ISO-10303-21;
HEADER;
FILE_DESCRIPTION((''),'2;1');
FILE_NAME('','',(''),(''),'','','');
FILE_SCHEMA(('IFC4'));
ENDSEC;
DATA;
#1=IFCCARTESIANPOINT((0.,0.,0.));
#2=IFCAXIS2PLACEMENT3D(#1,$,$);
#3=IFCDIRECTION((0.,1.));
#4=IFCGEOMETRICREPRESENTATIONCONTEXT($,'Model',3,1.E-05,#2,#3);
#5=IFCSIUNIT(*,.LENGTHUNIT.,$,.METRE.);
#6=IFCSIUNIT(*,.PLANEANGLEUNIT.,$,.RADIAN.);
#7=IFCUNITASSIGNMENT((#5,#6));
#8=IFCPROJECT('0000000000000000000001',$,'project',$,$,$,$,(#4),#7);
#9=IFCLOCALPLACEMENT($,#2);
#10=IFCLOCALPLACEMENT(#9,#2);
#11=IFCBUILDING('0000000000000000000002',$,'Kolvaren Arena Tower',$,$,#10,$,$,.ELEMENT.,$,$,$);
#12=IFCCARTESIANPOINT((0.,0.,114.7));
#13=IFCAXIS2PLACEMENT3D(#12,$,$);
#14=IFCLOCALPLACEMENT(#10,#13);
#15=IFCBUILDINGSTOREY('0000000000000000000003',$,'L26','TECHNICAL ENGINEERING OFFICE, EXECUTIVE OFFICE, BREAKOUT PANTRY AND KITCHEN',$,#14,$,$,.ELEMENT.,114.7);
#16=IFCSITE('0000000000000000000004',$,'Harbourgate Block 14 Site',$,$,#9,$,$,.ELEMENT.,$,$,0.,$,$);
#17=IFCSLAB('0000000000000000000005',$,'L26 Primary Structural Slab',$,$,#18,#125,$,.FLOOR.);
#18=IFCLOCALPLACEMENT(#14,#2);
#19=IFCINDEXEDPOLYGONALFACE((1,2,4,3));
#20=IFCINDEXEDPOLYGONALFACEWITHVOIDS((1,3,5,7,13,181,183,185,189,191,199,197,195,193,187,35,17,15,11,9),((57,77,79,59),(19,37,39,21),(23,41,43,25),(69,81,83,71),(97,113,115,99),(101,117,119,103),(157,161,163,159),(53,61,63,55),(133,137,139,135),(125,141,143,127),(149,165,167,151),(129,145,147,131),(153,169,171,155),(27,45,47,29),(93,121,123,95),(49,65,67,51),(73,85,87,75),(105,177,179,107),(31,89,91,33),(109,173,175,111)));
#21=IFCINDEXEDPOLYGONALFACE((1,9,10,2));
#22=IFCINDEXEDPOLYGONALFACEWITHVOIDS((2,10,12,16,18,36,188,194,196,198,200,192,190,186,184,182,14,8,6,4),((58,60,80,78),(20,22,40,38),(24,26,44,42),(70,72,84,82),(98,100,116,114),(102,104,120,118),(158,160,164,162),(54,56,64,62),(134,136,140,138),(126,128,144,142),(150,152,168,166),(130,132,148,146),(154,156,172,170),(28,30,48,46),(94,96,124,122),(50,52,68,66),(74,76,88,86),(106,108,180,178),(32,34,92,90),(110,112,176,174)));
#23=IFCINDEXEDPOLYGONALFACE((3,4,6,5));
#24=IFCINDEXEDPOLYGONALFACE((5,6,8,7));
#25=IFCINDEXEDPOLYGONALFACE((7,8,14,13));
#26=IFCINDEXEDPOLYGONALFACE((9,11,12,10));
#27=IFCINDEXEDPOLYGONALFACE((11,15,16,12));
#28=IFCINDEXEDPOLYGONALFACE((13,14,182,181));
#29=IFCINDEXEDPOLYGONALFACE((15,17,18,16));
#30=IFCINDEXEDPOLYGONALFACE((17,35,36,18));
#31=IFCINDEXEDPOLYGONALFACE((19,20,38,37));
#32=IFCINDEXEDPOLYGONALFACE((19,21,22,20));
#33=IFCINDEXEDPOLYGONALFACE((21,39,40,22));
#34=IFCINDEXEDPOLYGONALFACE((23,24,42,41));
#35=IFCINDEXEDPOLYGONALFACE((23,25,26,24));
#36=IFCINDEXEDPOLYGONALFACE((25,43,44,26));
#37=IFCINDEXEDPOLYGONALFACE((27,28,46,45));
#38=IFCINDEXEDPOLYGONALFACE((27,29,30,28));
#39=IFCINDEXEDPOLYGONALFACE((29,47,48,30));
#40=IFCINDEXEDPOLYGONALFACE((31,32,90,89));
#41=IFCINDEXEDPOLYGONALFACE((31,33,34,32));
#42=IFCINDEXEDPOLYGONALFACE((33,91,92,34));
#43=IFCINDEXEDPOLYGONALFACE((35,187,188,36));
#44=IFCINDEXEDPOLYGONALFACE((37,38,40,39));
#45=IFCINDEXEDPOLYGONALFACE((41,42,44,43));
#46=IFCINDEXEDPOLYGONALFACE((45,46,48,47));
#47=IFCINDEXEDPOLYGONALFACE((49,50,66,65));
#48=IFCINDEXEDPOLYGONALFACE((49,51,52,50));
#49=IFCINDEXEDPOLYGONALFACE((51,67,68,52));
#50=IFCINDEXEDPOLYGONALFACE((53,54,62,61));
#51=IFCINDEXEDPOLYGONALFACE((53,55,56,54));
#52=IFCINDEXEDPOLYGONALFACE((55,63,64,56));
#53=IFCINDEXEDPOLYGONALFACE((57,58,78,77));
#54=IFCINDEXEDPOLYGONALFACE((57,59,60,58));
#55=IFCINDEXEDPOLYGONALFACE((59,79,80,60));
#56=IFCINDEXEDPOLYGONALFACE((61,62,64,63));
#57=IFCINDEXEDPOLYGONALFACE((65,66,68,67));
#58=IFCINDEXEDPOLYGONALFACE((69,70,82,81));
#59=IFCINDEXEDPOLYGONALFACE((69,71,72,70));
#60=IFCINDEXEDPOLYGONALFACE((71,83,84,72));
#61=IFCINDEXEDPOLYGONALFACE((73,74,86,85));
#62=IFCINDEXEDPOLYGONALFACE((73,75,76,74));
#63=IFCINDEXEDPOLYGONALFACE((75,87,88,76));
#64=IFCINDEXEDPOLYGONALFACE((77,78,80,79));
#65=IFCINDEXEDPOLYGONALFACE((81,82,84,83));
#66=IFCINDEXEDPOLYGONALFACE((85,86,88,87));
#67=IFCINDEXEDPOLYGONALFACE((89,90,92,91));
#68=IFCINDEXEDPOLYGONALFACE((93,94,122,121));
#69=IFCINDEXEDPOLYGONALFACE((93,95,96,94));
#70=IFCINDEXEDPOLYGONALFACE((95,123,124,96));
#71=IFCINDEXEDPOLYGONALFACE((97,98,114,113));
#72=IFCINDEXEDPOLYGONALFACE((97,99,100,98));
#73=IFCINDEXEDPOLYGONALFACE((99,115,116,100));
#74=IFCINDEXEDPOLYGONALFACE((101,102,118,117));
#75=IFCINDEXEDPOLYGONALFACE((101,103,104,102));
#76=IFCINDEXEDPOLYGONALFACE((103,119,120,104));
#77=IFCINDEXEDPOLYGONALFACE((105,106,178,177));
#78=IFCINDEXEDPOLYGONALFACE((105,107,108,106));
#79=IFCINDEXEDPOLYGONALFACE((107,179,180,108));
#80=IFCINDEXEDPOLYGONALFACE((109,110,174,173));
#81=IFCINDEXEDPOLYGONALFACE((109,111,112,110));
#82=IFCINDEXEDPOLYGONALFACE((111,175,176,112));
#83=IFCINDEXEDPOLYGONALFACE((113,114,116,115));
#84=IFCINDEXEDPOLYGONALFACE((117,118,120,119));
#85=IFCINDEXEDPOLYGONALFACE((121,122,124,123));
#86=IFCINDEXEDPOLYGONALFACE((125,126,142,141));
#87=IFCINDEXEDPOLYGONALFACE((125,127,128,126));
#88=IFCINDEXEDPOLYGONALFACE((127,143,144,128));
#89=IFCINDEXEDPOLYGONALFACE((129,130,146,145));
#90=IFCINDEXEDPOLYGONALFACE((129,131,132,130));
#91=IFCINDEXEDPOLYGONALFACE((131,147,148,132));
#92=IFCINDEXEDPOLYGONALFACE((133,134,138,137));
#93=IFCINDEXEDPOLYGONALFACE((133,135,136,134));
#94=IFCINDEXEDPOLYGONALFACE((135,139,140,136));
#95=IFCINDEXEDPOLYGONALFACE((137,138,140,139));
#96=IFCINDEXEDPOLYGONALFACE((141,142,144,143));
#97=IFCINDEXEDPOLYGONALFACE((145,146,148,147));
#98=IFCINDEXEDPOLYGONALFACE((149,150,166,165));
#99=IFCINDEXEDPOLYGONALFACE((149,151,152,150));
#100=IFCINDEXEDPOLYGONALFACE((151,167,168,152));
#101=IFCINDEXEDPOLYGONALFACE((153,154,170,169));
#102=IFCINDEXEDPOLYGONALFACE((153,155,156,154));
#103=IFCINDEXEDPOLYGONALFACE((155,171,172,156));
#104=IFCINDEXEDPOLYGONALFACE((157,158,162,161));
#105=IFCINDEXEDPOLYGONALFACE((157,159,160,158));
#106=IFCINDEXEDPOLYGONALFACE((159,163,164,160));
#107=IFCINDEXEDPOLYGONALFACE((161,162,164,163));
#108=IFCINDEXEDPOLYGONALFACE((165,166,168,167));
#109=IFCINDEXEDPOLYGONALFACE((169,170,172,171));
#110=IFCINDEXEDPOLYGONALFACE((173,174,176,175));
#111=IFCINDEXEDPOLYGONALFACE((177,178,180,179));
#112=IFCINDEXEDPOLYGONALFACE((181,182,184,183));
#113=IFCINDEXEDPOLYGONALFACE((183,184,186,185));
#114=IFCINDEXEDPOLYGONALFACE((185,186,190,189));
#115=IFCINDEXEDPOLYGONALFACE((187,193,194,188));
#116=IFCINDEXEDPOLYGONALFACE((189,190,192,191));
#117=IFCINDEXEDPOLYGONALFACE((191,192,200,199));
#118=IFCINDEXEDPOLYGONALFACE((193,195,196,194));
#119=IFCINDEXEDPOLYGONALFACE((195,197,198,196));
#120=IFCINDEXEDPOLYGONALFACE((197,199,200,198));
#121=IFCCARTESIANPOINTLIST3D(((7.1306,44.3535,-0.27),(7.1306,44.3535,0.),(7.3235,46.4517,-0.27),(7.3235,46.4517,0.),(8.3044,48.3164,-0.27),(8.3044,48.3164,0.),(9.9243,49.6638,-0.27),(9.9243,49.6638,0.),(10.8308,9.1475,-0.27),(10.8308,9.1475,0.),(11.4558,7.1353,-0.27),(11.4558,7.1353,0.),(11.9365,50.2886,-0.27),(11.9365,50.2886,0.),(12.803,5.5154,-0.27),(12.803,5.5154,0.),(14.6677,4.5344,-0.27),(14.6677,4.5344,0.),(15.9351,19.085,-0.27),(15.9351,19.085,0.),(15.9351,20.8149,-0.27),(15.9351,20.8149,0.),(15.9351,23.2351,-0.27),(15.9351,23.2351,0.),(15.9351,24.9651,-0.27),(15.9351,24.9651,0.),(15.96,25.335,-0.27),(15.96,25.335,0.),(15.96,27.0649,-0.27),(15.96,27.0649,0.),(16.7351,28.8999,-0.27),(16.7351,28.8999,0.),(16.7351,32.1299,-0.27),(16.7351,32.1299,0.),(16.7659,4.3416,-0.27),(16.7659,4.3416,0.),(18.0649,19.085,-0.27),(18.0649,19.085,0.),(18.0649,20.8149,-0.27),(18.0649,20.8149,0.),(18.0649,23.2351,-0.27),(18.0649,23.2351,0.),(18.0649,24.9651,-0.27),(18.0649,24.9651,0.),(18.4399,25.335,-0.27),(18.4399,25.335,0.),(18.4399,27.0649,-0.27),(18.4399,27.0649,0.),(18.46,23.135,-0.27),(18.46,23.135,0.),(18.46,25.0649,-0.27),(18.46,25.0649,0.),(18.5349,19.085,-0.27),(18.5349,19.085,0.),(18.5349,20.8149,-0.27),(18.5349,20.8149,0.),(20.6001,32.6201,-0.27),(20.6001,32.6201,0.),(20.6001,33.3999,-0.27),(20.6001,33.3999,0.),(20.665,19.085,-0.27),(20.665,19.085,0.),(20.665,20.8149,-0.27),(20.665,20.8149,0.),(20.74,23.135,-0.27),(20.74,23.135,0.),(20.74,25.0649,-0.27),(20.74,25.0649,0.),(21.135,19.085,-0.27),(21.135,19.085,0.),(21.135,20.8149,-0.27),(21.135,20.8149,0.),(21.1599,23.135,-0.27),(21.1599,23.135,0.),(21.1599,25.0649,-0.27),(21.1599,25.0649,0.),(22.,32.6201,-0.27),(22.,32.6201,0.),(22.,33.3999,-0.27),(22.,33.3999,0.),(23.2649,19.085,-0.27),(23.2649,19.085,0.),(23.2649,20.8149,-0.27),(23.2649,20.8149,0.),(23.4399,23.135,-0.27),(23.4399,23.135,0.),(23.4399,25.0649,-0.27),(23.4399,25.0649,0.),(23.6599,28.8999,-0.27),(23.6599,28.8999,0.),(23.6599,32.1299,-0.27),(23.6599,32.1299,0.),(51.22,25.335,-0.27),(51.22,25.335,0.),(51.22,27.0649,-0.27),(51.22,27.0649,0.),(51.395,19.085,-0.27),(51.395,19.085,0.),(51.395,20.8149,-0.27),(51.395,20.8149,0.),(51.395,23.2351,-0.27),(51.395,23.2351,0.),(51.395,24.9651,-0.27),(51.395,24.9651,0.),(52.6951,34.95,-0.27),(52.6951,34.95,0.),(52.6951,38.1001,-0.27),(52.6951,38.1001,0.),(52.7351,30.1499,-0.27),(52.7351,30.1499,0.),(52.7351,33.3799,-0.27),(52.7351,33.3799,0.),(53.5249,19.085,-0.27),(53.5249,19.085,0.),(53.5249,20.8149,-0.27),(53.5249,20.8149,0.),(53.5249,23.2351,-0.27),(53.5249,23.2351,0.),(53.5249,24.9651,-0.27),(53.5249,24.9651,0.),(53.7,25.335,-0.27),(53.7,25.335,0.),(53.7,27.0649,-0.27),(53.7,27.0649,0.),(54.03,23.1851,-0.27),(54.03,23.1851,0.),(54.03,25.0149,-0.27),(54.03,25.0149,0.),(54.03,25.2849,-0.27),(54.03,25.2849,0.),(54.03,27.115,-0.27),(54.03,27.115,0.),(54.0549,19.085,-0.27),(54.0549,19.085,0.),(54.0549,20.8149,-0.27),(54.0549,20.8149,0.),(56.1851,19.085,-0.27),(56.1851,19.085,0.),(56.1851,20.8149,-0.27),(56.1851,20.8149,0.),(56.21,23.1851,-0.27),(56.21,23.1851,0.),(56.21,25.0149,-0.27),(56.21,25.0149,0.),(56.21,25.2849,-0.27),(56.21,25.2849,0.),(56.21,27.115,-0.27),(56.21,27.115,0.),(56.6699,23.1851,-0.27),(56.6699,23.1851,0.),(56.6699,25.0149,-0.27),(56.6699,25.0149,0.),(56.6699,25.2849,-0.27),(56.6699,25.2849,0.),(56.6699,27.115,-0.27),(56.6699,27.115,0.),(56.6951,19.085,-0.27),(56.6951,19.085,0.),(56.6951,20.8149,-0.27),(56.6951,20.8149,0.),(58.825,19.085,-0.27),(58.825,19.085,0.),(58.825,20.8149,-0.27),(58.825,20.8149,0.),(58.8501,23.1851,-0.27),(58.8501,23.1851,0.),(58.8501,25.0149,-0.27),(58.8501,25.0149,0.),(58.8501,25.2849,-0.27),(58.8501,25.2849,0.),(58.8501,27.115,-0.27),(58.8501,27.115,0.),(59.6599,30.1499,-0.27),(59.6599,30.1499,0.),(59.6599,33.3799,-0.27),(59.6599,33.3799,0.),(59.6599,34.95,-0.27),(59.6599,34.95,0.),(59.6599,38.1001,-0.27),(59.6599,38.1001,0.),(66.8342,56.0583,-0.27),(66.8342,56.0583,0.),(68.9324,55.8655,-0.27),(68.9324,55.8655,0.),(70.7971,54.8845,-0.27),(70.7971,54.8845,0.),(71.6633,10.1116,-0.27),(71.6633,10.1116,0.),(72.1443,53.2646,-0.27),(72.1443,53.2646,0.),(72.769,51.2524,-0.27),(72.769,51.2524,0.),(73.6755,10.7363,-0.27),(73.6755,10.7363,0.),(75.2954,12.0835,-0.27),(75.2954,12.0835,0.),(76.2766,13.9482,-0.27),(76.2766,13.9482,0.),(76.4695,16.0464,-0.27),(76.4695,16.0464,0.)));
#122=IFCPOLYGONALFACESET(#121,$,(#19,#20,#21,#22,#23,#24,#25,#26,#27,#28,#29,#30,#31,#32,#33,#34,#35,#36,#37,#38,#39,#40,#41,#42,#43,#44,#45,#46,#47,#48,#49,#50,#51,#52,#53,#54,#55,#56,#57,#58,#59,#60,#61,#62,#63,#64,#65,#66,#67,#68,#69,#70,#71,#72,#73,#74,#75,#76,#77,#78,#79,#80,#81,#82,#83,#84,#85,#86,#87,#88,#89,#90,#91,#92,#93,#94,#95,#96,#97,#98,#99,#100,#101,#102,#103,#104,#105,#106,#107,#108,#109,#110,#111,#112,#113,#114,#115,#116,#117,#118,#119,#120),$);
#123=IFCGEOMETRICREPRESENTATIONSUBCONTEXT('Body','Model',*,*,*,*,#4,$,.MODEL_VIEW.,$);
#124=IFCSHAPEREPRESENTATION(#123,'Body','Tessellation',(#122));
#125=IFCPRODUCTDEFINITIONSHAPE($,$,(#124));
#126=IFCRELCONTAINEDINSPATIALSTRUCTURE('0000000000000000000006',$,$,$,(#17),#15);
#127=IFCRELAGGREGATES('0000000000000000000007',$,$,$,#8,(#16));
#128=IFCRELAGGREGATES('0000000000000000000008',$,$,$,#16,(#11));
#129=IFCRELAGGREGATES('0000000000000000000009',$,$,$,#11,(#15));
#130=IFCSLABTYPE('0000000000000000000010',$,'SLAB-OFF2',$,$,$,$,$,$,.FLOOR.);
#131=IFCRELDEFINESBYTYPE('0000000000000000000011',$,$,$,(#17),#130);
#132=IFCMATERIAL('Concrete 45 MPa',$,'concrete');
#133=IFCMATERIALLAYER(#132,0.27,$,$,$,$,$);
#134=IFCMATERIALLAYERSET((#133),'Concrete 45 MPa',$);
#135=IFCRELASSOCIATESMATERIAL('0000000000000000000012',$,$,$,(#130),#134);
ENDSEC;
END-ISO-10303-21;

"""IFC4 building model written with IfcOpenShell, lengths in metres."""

from ifc_helpers import new_model, si_unit, direction, frame, origin, place, context, subcontext, project, spatial, polyline, outline, extrude, material, layer, layer_set, type_object, element, save


model = new_model("IFC4")

# Units and contexts
model_context = context("Model", 3, precision=1e-05, world=origin(), true_north=direction((0.0, 1.0)))
body_context = subcontext(model_context, "Body", "Model", "MODEL_VIEW")
ifc_project = project(units=[si_unit("LENGTHUNIT", "METRE"), si_unit("PLANEANGLEUNIT", "RADIAN")], contexts=[model_context])

# Site, building, storey
site_placement = place(None, origin())
site = spatial("IfcSite", under=ifc_project, at=site_placement, Name="Harbourgate Block 14 Site", CompositionType="ELEMENT", RefElevation=0.0)
building_placement = place(site_placement, origin())
building = spatial("IfcBuilding", under=site, at=building_placement, Name="Kolvaren Arena Tower", CompositionType="ELEMENT")
storey_placement = place(building_placement, frame((0.0, 0.0, 114.7)))
storey = spatial("IfcBuildingStorey", under=building, at=storey_placement, Name="L26", Description="TECHNICAL ENGINEERING OFFICE, EXECUTIVE OFFICE, BREAKOUT PANTRY AND KITCHEN", CompositionType="ELEMENT", Elevation=114.7)

# Shared definitions
ifc_material_1 = material(Name="Concrete 45 MPa", Category="concrete")

# Slab
ifc_layer_1 = layer(ifc_material_1, 0.27)
ifc_layer_set_1 = layer_set([ifc_layer_1], Name="Concrete 45 MPa")
slab_type_1 = type_object("IfcSlabType", Name="SLAB-OFF2", PredefinedType="FLOOR", material=ifc_layer_set_1)
slab_1_placement = place(storey_placement, frame((0.0, 0.0, -0.27)))
element("IfcSlab", 1, at=slab_1_placement, inside=storey, type_object=slab_type_1, Name="L26 Primary Structural Slab", PredefinedType="FLOOR", context=body_context, shape_type="SweptSolid", body=[
    extrude(outline(polyline([(71.6633, 10.1116), (73.6755, 10.7363), (75.2954, 12.0835), (76.2766, 13.9482), (76.4695, 16.0464), (72.769, 51.2524), (72.1443, 53.2646), (70.7971, 54.8845), (68.9324, 55.8655), (66.8342, 56.0583), (11.9365, 50.2886), (9.9243, 49.6638), (8.3044, 48.3164), (7.3235, 46.4517), (7.1306, 44.3535), (10.8308, 9.1475), (11.4558, 7.1353), (12.803, 5.5154), (14.6677, 4.5344), (16.7659, 4.3416), (71.6633, 10.1116)]), holes=[polyline([(15.9351, 19.085), (15.9351, 20.8149), (18.0649, 20.8149), (18.0649, 19.085), (15.9351, 19.085)]), polyline([(18.5349, 19.085), (18.5349, 20.8149), (20.665, 20.8149), (20.665, 19.085), (18.5349, 19.085)]), polyline([(21.135, 19.085), (21.135, 20.8149), (23.2649, 20.8149), (23.2649, 19.085), (21.135, 19.085)]), polyline([(51.395, 19.085), (51.395, 20.8149), (53.5249, 20.8149), (53.5249, 19.085), (51.395, 19.085)]), polyline([(54.0549, 19.085), (54.0549, 20.8149), (56.1851, 20.8149), (56.1851, 19.085), (54.0549, 19.085)]), polyline([(56.6951, 19.085), (56.6951, 20.8149), (58.825, 20.8149), (58.825, 19.085), (56.6951, 19.085)]), polyline([(18.46, 25.0649), (20.74, 25.0649), (20.74, 23.135), (18.46, 23.135), (18.46, 25.0649)]), polyline([(21.1599, 23.135), (21.1599, 25.0649), (23.4399, 25.0649), (23.4399, 23.135), (21.1599, 23.135)]), polyline([(54.03, 25.0149), (56.21, 25.0149), (56.21, 23.1851), (54.03, 23.1851), (54.03, 25.0149)]), polyline([(56.6699, 25.0149), (58.8501, 25.0149), (58.8501, 23.1851), (56.6699, 23.1851), (56.6699, 25.0149)]), polyline([(15.9351, 24.9651), (18.0649, 24.9651), (18.0649, 23.2351), (15.9351, 23.2351), (15.9351, 24.9651)]), polyline([(51.395, 23.2351), (51.395, 24.9651), (53.5249, 24.9651), (53.5249, 23.2351), (51.395, 23.2351)]), polyline([(54.03, 25.2849), (54.03, 27.115), (56.21, 27.115), (56.21, 25.2849), (54.03, 25.2849)]), polyline([(56.6699, 25.2849), (56.6699, 27.115), (58.8501, 27.115), (58.8501, 25.2849), (56.6699, 25.2849)]), polyline([(15.96, 25.335), (15.96, 27.0649), (18.4399, 27.0649), (18.4399, 25.335), (15.96, 25.335)]), polyline([(51.22, 25.335), (51.22, 27.0649), (53.7, 27.0649), (53.7, 25.335), (51.22, 25.335)]), polyline([(16.7351, 32.1299), (23.6599, 32.1299), (23.6599, 28.8999), (16.7351, 28.8999), (16.7351, 32.1299)]), polyline([(52.7351, 33.3799), (59.6599, 33.3799), (59.6599, 30.1499), (52.7351, 30.1499), (52.7351, 33.3799)]), polyline([(20.6001, 33.3999), (22.0, 33.3999), (22.0, 32.6201), (20.6001, 32.6201), (20.6001, 33.3999)]), polyline([(52.6951, 38.1001), (59.6599, 38.1001), (59.6599, 34.95), (52.6951, 34.95), (52.6951, 38.1001)])]), origin(), (0.0, 0.0, 1.0), 0.27),
])

save(model, "model.ifc")
